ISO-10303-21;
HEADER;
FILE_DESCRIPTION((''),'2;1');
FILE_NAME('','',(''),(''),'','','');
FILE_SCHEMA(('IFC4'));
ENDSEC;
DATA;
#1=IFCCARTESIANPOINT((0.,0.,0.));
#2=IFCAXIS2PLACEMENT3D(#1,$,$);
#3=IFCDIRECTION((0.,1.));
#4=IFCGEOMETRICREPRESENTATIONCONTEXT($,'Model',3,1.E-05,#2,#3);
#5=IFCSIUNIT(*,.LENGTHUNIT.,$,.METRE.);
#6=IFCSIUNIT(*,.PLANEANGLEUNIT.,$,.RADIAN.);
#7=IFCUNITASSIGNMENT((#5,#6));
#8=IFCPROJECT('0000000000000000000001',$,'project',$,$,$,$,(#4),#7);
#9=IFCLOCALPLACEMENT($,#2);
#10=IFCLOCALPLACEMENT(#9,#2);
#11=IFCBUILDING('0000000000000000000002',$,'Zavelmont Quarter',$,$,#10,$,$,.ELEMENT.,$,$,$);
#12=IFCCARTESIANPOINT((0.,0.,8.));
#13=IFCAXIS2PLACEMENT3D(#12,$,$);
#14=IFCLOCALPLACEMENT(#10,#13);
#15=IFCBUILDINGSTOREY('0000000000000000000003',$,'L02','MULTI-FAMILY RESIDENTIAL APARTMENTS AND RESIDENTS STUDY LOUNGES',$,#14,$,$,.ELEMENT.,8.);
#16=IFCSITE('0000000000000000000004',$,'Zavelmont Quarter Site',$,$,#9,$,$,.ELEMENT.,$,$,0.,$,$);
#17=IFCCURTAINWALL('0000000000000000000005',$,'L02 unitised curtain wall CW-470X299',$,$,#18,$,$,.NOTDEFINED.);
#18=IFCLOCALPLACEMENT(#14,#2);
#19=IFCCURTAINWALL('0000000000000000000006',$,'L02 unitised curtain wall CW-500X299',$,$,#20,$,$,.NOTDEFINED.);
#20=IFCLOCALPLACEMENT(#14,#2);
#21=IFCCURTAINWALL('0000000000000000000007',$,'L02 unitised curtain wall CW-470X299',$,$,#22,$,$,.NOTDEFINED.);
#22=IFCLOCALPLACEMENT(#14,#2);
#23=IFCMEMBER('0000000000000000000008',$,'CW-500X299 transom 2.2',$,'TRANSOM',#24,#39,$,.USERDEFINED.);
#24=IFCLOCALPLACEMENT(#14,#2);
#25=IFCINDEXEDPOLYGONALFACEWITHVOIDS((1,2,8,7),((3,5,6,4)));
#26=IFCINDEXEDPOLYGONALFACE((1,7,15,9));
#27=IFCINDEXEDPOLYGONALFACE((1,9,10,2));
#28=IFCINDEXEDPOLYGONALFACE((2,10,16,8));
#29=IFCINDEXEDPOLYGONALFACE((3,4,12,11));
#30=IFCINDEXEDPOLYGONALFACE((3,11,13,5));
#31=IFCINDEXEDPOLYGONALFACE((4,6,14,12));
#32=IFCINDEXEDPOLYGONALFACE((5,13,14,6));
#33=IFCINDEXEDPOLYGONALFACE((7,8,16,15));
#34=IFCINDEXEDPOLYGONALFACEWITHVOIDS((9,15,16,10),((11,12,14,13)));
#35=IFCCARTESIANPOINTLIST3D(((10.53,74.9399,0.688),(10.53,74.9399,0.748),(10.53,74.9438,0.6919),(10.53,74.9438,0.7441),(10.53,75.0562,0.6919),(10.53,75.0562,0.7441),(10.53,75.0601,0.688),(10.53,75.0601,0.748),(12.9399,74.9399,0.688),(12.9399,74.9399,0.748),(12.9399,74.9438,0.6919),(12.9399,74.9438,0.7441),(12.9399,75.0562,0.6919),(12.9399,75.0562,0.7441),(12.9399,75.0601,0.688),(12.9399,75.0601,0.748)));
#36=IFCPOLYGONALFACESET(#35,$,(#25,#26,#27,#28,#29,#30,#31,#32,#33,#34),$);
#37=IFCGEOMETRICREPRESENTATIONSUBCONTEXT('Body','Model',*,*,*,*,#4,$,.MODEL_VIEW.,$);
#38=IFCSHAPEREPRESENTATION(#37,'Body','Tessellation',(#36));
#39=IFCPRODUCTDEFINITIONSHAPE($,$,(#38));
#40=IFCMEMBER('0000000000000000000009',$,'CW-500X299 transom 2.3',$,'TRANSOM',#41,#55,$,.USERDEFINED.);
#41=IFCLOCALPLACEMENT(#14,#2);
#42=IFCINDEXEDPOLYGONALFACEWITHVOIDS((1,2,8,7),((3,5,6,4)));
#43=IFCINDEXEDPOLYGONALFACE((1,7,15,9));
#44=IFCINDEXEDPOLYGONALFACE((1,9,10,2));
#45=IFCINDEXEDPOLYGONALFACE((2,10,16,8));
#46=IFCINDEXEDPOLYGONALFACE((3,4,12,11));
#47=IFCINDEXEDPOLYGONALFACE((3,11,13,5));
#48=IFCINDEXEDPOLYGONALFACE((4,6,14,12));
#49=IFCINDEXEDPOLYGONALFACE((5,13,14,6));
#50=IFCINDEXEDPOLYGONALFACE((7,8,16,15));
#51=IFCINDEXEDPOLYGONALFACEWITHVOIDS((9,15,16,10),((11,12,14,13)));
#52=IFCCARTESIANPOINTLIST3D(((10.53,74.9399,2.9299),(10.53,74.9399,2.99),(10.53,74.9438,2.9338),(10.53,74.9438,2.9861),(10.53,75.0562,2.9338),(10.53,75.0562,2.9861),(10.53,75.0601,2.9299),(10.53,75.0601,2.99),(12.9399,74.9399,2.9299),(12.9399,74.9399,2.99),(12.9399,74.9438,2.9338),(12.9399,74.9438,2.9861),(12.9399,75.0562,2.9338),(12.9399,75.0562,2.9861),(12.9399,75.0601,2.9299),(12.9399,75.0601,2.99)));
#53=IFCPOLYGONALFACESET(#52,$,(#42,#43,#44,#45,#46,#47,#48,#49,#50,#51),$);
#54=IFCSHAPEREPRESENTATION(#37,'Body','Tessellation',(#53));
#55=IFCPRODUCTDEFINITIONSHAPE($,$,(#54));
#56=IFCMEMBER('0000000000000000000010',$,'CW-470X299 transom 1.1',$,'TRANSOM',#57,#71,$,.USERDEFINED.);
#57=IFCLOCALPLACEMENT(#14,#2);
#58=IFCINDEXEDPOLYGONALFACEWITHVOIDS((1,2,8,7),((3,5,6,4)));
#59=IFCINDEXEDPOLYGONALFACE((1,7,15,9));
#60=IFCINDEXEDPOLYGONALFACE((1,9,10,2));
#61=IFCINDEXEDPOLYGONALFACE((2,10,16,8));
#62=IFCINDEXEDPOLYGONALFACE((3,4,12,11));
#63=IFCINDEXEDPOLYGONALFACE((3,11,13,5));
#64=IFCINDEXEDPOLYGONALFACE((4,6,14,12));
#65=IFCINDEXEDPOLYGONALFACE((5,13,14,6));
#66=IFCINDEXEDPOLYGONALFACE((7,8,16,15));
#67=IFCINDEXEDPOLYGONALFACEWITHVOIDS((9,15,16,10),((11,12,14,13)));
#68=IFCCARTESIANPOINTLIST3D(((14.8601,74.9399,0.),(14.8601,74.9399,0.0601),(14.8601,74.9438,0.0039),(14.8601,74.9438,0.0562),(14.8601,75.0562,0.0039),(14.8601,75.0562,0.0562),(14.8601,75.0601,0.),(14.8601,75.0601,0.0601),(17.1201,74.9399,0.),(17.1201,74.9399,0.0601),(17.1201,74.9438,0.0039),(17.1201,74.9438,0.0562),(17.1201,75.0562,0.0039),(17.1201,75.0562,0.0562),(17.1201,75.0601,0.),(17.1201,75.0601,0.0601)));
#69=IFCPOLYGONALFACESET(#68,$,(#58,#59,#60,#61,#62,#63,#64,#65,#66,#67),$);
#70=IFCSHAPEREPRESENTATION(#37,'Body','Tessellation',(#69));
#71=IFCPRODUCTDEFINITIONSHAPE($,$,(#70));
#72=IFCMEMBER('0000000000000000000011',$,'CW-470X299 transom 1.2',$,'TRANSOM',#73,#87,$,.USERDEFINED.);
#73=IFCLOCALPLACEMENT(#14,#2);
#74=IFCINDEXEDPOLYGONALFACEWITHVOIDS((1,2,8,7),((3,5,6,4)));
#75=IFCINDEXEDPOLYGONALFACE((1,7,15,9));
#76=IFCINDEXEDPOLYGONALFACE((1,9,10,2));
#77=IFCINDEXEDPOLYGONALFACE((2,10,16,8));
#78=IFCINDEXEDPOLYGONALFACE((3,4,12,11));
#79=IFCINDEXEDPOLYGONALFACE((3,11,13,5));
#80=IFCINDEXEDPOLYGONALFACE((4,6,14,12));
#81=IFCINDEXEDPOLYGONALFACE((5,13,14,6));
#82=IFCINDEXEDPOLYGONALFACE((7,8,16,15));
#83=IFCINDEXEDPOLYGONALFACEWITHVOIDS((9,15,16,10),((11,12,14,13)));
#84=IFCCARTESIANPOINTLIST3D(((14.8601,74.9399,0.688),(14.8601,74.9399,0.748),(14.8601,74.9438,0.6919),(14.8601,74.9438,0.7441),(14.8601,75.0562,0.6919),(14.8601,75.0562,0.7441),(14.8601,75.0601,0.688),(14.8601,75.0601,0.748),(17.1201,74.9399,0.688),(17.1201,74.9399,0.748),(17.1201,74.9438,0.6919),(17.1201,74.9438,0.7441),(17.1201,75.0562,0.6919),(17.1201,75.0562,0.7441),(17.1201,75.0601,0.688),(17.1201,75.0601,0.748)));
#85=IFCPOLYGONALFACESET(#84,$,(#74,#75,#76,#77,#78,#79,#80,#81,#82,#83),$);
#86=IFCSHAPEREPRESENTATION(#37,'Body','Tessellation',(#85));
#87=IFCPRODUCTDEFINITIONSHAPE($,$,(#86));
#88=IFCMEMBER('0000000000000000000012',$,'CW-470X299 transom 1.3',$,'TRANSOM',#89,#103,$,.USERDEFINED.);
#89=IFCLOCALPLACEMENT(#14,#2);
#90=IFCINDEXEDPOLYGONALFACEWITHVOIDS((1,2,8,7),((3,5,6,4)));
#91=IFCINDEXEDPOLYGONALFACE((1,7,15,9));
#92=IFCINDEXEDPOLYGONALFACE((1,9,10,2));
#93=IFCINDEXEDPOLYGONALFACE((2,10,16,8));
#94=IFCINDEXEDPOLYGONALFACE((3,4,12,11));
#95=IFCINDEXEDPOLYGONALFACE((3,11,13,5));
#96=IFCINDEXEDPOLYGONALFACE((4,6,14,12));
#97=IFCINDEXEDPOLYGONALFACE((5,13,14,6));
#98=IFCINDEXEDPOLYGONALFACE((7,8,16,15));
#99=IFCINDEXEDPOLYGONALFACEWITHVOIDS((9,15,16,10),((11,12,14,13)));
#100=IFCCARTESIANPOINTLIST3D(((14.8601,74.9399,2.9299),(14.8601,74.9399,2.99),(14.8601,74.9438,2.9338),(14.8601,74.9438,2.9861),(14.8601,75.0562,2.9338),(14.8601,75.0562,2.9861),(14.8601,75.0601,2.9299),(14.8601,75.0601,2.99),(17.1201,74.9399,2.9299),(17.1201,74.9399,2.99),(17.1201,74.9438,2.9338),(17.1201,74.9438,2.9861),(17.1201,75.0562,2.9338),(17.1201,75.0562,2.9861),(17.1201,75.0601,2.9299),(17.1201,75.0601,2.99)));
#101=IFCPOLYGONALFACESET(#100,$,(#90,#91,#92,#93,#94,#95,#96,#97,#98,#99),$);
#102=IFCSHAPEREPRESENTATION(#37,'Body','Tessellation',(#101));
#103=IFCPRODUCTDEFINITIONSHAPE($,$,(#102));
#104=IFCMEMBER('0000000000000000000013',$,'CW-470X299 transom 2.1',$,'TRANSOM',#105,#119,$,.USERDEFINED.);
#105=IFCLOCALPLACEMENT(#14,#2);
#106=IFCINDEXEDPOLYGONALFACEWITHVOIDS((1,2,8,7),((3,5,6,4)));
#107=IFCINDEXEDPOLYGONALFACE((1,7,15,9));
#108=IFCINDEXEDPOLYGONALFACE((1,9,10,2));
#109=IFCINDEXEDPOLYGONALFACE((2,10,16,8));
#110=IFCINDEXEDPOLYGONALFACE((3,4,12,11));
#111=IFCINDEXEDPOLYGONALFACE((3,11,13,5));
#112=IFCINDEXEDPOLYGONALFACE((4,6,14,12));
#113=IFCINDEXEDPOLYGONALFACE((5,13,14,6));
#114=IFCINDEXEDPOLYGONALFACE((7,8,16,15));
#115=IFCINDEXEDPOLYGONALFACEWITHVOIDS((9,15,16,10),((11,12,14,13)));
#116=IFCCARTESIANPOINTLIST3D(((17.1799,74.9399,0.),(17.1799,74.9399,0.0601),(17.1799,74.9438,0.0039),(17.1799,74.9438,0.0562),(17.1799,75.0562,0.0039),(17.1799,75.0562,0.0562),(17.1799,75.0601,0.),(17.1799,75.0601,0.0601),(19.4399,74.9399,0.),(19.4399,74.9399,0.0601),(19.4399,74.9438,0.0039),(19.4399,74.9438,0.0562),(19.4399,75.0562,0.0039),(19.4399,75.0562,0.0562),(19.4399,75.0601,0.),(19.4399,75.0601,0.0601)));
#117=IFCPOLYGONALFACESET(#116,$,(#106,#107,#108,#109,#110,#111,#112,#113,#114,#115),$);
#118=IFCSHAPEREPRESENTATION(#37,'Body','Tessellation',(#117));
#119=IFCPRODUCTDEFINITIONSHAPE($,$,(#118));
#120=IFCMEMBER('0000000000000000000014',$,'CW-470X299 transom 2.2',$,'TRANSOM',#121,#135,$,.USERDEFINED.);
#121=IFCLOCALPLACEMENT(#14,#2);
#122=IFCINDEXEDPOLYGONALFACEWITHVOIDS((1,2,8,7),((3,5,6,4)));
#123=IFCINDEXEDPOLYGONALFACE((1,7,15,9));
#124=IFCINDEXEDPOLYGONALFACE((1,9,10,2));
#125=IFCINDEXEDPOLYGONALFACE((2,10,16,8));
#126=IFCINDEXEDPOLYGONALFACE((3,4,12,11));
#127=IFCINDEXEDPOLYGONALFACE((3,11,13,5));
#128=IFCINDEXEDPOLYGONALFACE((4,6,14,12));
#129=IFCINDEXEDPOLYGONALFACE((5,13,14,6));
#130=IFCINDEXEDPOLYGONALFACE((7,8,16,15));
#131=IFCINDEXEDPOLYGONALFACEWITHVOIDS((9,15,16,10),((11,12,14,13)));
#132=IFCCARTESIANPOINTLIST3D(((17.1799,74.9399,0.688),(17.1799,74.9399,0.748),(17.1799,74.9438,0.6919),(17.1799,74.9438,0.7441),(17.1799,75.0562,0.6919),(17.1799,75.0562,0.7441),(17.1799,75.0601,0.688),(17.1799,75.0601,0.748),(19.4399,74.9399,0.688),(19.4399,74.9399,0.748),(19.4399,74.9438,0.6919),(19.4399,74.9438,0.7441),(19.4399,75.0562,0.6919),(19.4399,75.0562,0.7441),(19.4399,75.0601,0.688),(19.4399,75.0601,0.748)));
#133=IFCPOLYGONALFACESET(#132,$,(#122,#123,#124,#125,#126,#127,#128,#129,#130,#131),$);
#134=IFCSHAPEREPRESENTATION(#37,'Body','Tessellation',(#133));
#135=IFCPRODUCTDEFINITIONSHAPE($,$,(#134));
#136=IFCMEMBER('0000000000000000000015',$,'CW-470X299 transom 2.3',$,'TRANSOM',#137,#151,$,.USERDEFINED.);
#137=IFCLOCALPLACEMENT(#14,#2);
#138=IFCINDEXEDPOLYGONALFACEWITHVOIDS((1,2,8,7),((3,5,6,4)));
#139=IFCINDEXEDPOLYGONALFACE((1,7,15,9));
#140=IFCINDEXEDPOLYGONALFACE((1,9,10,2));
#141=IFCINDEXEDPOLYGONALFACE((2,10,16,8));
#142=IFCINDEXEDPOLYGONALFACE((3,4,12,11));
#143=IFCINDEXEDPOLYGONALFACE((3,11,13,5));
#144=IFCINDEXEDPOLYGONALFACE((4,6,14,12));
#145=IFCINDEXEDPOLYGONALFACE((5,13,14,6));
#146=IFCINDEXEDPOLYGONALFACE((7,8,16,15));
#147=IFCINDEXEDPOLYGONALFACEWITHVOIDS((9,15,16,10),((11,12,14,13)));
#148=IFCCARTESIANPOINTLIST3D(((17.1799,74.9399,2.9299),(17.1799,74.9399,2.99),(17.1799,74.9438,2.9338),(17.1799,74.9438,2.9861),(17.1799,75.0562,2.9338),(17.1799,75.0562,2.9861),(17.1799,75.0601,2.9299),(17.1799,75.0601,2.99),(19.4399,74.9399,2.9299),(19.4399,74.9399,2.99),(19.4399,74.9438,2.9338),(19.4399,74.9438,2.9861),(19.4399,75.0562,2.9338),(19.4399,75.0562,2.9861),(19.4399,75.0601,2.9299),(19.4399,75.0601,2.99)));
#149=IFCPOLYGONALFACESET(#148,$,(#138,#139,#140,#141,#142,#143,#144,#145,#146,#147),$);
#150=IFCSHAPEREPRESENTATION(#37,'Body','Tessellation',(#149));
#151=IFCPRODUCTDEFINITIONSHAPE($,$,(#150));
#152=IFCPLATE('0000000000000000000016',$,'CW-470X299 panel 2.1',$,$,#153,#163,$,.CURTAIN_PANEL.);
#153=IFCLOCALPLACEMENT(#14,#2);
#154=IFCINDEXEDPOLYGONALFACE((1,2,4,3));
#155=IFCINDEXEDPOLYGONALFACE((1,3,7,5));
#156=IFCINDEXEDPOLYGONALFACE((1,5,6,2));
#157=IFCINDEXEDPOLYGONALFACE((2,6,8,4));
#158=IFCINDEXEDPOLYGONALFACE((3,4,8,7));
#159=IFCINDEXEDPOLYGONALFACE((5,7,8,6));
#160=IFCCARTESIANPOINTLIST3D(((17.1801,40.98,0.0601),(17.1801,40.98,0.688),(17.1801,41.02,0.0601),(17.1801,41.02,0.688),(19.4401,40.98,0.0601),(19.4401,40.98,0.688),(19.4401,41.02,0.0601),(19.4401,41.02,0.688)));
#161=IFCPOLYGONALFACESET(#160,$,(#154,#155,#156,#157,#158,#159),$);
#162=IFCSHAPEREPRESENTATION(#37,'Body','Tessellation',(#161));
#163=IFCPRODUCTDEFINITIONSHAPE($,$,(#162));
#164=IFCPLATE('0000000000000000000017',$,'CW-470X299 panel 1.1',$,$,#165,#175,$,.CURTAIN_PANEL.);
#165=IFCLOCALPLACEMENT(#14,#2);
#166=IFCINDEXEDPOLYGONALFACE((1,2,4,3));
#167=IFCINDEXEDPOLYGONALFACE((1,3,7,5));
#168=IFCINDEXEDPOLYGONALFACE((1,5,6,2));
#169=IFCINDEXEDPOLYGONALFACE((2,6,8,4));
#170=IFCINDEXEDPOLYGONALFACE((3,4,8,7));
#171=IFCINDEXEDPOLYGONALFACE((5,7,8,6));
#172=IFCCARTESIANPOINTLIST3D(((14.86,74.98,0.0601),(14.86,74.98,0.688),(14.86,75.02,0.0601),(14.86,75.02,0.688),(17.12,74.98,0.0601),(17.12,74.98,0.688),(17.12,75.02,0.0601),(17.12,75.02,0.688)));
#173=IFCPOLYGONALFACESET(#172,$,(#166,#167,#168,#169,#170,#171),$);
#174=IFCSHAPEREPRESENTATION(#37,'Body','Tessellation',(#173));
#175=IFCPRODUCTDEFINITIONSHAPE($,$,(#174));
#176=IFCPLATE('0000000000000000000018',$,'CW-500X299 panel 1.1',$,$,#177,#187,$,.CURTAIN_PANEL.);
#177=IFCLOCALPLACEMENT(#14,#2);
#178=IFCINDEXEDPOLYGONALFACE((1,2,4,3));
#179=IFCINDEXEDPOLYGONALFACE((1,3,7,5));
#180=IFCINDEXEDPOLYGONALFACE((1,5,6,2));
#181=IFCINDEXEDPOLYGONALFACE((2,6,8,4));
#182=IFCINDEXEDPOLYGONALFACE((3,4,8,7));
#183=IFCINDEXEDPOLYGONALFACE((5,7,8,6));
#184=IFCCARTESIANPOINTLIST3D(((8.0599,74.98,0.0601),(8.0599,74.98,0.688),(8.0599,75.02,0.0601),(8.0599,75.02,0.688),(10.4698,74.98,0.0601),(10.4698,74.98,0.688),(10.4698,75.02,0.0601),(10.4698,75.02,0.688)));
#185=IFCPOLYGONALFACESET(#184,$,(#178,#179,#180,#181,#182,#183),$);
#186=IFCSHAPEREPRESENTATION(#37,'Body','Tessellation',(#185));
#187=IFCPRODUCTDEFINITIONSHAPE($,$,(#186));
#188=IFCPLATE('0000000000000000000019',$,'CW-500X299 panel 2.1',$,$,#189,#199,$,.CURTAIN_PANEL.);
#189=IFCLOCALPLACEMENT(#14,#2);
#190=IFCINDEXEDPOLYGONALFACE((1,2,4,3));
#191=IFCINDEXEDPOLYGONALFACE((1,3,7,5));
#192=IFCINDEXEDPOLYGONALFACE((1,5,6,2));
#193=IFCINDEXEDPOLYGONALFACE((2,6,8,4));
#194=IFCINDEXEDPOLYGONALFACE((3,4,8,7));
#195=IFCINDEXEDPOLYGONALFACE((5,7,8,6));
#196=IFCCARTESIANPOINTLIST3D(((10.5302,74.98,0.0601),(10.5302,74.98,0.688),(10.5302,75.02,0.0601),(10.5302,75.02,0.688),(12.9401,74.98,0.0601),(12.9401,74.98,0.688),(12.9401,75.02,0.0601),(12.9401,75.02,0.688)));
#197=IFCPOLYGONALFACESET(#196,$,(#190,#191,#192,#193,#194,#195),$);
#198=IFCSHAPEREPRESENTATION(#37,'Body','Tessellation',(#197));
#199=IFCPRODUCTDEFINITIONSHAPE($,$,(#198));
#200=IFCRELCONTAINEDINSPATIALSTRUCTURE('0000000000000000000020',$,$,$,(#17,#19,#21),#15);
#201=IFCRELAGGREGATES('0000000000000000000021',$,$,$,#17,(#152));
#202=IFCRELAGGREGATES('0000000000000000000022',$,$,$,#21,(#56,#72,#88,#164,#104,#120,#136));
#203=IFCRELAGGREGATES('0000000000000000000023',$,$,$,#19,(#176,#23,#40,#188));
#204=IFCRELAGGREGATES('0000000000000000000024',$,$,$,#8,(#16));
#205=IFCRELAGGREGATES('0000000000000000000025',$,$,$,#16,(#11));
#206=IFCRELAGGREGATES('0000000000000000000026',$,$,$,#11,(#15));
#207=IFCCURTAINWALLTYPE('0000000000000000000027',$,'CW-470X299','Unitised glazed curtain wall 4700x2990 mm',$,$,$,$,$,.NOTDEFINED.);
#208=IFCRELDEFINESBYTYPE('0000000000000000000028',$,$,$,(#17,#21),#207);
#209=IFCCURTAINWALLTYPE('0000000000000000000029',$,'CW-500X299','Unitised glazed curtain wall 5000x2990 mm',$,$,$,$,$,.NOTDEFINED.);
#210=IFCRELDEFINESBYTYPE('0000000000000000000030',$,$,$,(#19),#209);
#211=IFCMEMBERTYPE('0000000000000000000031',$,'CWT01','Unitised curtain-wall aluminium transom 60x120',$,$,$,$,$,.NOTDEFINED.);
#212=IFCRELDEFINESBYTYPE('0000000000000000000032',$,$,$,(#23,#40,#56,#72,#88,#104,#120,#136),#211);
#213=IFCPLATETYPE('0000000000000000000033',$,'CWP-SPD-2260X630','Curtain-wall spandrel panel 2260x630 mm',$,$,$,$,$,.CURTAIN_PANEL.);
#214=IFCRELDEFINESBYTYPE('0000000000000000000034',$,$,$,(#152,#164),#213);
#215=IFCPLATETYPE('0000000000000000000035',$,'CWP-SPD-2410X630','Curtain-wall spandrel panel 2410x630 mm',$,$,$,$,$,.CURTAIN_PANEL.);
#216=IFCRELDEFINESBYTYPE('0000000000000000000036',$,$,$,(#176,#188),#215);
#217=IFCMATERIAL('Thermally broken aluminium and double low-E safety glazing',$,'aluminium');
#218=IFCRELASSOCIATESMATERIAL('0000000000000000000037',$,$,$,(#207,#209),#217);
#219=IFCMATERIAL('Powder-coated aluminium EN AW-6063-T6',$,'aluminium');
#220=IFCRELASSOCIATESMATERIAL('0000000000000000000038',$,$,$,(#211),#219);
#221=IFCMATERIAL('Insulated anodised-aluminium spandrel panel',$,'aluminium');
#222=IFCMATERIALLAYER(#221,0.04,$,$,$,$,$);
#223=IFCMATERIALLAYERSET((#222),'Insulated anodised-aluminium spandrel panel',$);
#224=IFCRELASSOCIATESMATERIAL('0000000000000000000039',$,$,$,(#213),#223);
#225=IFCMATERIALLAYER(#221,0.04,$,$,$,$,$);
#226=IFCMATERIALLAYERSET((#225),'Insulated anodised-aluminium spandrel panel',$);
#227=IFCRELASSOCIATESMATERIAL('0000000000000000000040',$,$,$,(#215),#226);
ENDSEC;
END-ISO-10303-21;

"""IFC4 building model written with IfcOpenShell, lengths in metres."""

from ifc_helpers import new_model, si_unit, direction, frame, origin, origin_2d, place, context, subcontext, project, spatial, rectangle, hollow_rectangle, extrude, material, layer, layer_set, material_profile, profile_set, type_object, element, aggregate, save


model = new_model("IFC4")

# Units and contexts
model_context = context("Model", 3, precision=1e-05, world=origin(), true_north=direction((0.0, 1.0)))
body_context = subcontext(model_context, "Body", "Model", "MODEL_VIEW")
ifc_project = project(units=[si_unit("LENGTHUNIT", "METRE"), si_unit("PLANEANGLEUNIT", "RADIAN")], contexts=[model_context])

# Site, building, storey
site_placement = place(None, origin())
site = spatial("IfcSite", under=ifc_project, at=site_placement, Name="Zavelmont Quarter Site", CompositionType="ELEMENT", RefElevation=0.0)
building_placement = place(site_placement, origin())
building = spatial("IfcBuilding", under=site, at=building_placement, Name="Zavelmont Quarter", CompositionType="ELEMENT")
storey_placement = place(building_placement, frame((0.0, 0.0, 8.0)))
storey = spatial("IfcBuildingStorey", under=building, at=storey_placement, Name="L02", Description="MULTI-FAMILY RESIDENTIAL APARTMENTS AND RESIDENTS STUDY LOUNGES", CompositionType="ELEMENT", Elevation=8.0)

# Curtain wall
ifc_material_1 = material(Name="Thermally broken aluminium and double low-E safety glazing", Category="aluminium")
curtain_wall_type_1 = type_object("IfcCurtainWallType", Name="CW-470X299", Description="Unitised glazed curtain wall 4700x2990 mm", PredefinedType="NOTDEFINED", material=ifc_material_1)
curtain_wall_1_placement = place(storey_placement, origin())
curtain_wall_1 = element("IfcCurtainWall", 1, at=curtain_wall_1_placement, inside=storey, type_object=curtain_wall_type_1, Name="L02 unitised curtain wall CW-470X299", PredefinedType="NOTDEFINED")
ifc_material_2 = material(Name="Powder-coated aluminium EN AW-6063-T6", Category="aluminium")

# Curtain walls
curtain_wall_type_2 = type_object("IfcCurtainWallType", Name="CW-500X299", Description="Unitised glazed curtain wall 5000x2990 mm", PredefinedType="NOTDEFINED", material=ifc_material_1)
curtain_wall_2_placement = place(storey_placement, origin())
curtain_wall_2 = element("IfcCurtainWall", 2, at=curtain_wall_2_placement, inside=storey, type_object=curtain_wall_type_2, Name="L02 unitised curtain wall CW-500X299", PredefinedType="NOTDEFINED")
curtain_wall_3_placement = place(storey_placement, origin())
curtain_wall_3 = element("IfcCurtainWall", 3, at=curtain_wall_3_placement, inside=storey, type_object=curtain_wall_type_1, Name="L02 unitised curtain wall CW-470X299", PredefinedType="NOTDEFINED")

# Members
ifc_material_profile_1 = material_profile(ifc_material_2, hollow_rectangle(XDim=0.1201, YDim=0.0601, WallThickness=0.0039, at=origin_2d()), Name="CWT60X120")
ifc_profile_set_1 = profile_set([ifc_material_profile_1], Name="Powder-coated aluminium EN AW-6063-T6")
member_type_1 = type_object("IfcMemberType", Name="CWT01", Description="Unitised curtain-wall aluminium transom 60x120", PredefinedType="NOTDEFINED", material=ifc_profile_set_1)
member_1_placement = place(storey_placement, frame((10.53, 75.0, 0.718), z_axis=(1.0, 0.0, 0.0), x_axis=(0.0, 1.0, 0.0)))
member_1 = element("IfcMember", 4, at=member_1_placement, type_object=member_type_1, Name="CW-500X299 transom 2.2", ObjectType="TRANSOM", PredefinedType="USERDEFINED", context=body_context, shape_type="SweptSolid", body=[
    extrude(hollow_rectangle(XDim=0.1201, YDim=0.0601, WallThickness=0.0039, at=origin_2d()), origin(), (0.0, 0.0, 1.0), 2.4099),
])
member_2_placement = place(storey_placement, frame((10.53, 75.0, 2.96), z_axis=(1.0, 0.0, 0.0), x_axis=(0.0, 1.0, 0.0)))
member_2 = element("IfcMember", 5, at=member_2_placement, type_object=member_type_1, Name="CW-500X299 transom 2.3", ObjectType="TRANSOM", PredefinedType="USERDEFINED", context=body_context, shape_type="SweptSolid", body=[
    extrude(hollow_rectangle(XDim=0.1201, YDim=0.0601, WallThickness=0.0039, at=origin_2d()), origin(), (0.0, 0.0, 1.0), 2.4099),
])
member_3_placement = place(storey_placement, frame((14.8601, 75.0, 0.03), z_axis=(1.0, 0.0, 0.0), x_axis=(0.0, 1.0, 0.0)))
member_3 = element("IfcMember", 6, at=member_3_placement, type_object=member_type_1, Name="CW-470X299 transom 1.1", ObjectType="TRANSOM", PredefinedType="USERDEFINED", context=body_context, shape_type="SweptSolid", body=[
    extrude(hollow_rectangle(XDim=0.1201, YDim=0.0601, WallThickness=0.0039, at=origin_2d()), origin(), (0.0, 0.0, 1.0), 2.26),
])
member_4_placement = place(storey_placement, frame((14.8601, 75.0, 0.718), z_axis=(1.0, 0.0, 0.0), x_axis=(0.0, 1.0, 0.0)))
member_4 = element("IfcMember", 7, at=member_4_placement, type_object=member_type_1, Name="CW-470X299 transom 1.2", ObjectType="TRANSOM", PredefinedType="USERDEFINED", context=body_context, shape_type="SweptSolid", body=[
    extrude(hollow_rectangle(XDim=0.1201, YDim=0.0601, WallThickness=0.0039, at=origin_2d()), origin(), (0.0, 0.0, 1.0), 2.26),
])
member_5_placement = place(storey_placement, frame((14.8601, 75.0, 2.96), z_axis=(1.0, 0.0, 0.0), x_axis=(0.0, 1.0, 0.0)))
member_5 = element("IfcMember", 8, at=member_5_placement, type_object=member_type_1, Name="CW-470X299 transom 1.3", ObjectType="TRANSOM", PredefinedType="USERDEFINED", context=body_context, shape_type="SweptSolid", body=[
    extrude(hollow_rectangle(XDim=0.1201, YDim=0.0601, WallThickness=0.0039, at=origin_2d()), origin(), (0.0, 0.0, 1.0), 2.26),
])
member_6_placement = place(storey_placement, frame((17.1799, 75.0, 0.03), z_axis=(1.0, 0.0, 0.0), x_axis=(0.0, 1.0, 0.0)))
member_6 = element("IfcMember", 9, at=member_6_placement, type_object=member_type_1, Name="CW-470X299 transom 2.1", ObjectType="TRANSOM", PredefinedType="USERDEFINED", context=body_context, shape_type="SweptSolid", body=[
    extrude(hollow_rectangle(XDim=0.1201, YDim=0.0601, WallThickness=0.0039, at=origin_2d()), origin(), (0.0, 0.0, 1.0), 2.26),
])
member_7_placement = place(storey_placement, frame((17.1799, 75.0, 0.718), z_axis=(1.0, 0.0, 0.0), x_axis=(0.0, 1.0, 0.0)))
member_7 = element("IfcMember", 10, at=member_7_placement, type_object=member_type_1, Name="CW-470X299 transom 2.2", ObjectType="TRANSOM", PredefinedType="USERDEFINED", context=body_context, shape_type="SweptSolid", body=[
    extrude(hollow_rectangle(XDim=0.1201, YDim=0.0601, WallThickness=0.0039, at=origin_2d()), origin(), (0.0, 0.0, 1.0), 2.26),
])
member_8_placement = place(storey_placement, frame((17.1799, 75.0, 2.96), z_axis=(1.0, 0.0, 0.0), x_axis=(0.0, 1.0, 0.0)))
member_8 = element("IfcMember", 11, at=member_8_placement, type_object=member_type_1, Name="CW-470X299 transom 2.3", ObjectType="TRANSOM", PredefinedType="USERDEFINED", context=body_context, shape_type="SweptSolid", body=[
    extrude(hollow_rectangle(XDim=0.1201, YDim=0.0601, WallThickness=0.0039, at=origin_2d()), origin(), (0.0, 0.0, 1.0), 2.26),
])

# Plates
ifc_material_3 = material(Name="Insulated anodised-aluminium spandrel panel", Category="aluminium")
ifc_layer_1 = layer(ifc_material_3, 0.04)
ifc_layer_set_1 = layer_set([ifc_layer_1], Name="Insulated anodised-aluminium spandrel panel")
plate_type_1 = type_object("IfcPlateType", Name="CWP-SPD-2260X630", Description="Curtain-wall spandrel panel 2260x630 mm", PredefinedType="CURTAIN_PANEL", material=ifc_layer_set_1)
plate_1_placement = place(storey_placement, frame((18.3101, 41.0, 0.0601), z_axis=(0.0, 0.0, 1.0), x_axis=(1.0, 0.0, 0.0)))
plate_1 = element("IfcPlate", 12, at=plate_1_placement, type_object=plate_type_1, Name="CW-470X299 panel 2.1", PredefinedType="CURTAIN_PANEL", context=body_context, shape_type="SweptSolid", body=[
    extrude(rectangle(XDim=2.26, YDim=0.04, at=origin_2d()), origin(), (0.0, 0.0, 1.0), 0.6279),
])
plate_2_placement = place(storey_placement, frame((15.99, 75.0, 0.0601), z_axis=(0.0, 0.0, 1.0), x_axis=(1.0, 0.0, 0.0)))
plate_2 = element("IfcPlate", 13, at=plate_2_placement, type_object=plate_type_1, Name="CW-470X299 panel 1.1", PredefinedType="CURTAIN_PANEL", context=body_context, shape_type="SweptSolid", body=[
    extrude(rectangle(XDim=2.26, YDim=0.04, at=origin_2d()), origin(), (0.0, 0.0, 1.0), 0.6279),
])
ifc_layer_2 = layer(ifc_material_3, 0.04)
ifc_layer_set_2 = layer_set([ifc_layer_2], Name="Insulated anodised-aluminium spandrel panel")
plate_type_2 = type_object("IfcPlateType", Name="CWP-SPD-2410X630", Description="Curtain-wall spandrel panel 2410x630 mm", PredefinedType="CURTAIN_PANEL", material=ifc_layer_set_2)
plate_3_placement = place(storey_placement, frame((9.2649, 75.0, 0.0601), z_axis=(0.0, 0.0, 1.0), x_axis=(1.0, 0.0, 0.0)))
plate_3 = element("IfcPlate", 14, at=plate_3_placement, type_object=plate_type_2, Name="CW-500X299 panel 1.1", PredefinedType="CURTAIN_PANEL", context=body_context, shape_type="SweptSolid", body=[
    extrude(rectangle(XDim=2.4099, YDim=0.04, at=origin_2d()), origin(), (0.0, 0.0, 1.0), 0.6279),
])
plate_4_placement = place(storey_placement, frame((11.7351, 75.0, 0.0601), z_axis=(0.0, 0.0, 1.0), x_axis=(1.0, 0.0, 0.0)))
plate_4 = element("IfcPlate", 15, at=plate_4_placement, type_object=plate_type_2, Name="CW-500X299 panel 2.1", PredefinedType="CURTAIN_PANEL", context=body_context, shape_type="SweptSolid", body=[
    extrude(rectangle(XDim=2.4099, YDim=0.04, at=origin_2d()), origin(), (0.0, 0.0, 1.0), 0.6279),
])
aggregate(curtain_wall_1, [plate_1])
aggregate(curtain_wall_3, [member_3, member_4, member_5, plate_2, member_6, member_7, member_8])
aggregate(curtain_wall_2, [plate_3, member_1, member_2, plate_4])

save(model, "model.ifc")
